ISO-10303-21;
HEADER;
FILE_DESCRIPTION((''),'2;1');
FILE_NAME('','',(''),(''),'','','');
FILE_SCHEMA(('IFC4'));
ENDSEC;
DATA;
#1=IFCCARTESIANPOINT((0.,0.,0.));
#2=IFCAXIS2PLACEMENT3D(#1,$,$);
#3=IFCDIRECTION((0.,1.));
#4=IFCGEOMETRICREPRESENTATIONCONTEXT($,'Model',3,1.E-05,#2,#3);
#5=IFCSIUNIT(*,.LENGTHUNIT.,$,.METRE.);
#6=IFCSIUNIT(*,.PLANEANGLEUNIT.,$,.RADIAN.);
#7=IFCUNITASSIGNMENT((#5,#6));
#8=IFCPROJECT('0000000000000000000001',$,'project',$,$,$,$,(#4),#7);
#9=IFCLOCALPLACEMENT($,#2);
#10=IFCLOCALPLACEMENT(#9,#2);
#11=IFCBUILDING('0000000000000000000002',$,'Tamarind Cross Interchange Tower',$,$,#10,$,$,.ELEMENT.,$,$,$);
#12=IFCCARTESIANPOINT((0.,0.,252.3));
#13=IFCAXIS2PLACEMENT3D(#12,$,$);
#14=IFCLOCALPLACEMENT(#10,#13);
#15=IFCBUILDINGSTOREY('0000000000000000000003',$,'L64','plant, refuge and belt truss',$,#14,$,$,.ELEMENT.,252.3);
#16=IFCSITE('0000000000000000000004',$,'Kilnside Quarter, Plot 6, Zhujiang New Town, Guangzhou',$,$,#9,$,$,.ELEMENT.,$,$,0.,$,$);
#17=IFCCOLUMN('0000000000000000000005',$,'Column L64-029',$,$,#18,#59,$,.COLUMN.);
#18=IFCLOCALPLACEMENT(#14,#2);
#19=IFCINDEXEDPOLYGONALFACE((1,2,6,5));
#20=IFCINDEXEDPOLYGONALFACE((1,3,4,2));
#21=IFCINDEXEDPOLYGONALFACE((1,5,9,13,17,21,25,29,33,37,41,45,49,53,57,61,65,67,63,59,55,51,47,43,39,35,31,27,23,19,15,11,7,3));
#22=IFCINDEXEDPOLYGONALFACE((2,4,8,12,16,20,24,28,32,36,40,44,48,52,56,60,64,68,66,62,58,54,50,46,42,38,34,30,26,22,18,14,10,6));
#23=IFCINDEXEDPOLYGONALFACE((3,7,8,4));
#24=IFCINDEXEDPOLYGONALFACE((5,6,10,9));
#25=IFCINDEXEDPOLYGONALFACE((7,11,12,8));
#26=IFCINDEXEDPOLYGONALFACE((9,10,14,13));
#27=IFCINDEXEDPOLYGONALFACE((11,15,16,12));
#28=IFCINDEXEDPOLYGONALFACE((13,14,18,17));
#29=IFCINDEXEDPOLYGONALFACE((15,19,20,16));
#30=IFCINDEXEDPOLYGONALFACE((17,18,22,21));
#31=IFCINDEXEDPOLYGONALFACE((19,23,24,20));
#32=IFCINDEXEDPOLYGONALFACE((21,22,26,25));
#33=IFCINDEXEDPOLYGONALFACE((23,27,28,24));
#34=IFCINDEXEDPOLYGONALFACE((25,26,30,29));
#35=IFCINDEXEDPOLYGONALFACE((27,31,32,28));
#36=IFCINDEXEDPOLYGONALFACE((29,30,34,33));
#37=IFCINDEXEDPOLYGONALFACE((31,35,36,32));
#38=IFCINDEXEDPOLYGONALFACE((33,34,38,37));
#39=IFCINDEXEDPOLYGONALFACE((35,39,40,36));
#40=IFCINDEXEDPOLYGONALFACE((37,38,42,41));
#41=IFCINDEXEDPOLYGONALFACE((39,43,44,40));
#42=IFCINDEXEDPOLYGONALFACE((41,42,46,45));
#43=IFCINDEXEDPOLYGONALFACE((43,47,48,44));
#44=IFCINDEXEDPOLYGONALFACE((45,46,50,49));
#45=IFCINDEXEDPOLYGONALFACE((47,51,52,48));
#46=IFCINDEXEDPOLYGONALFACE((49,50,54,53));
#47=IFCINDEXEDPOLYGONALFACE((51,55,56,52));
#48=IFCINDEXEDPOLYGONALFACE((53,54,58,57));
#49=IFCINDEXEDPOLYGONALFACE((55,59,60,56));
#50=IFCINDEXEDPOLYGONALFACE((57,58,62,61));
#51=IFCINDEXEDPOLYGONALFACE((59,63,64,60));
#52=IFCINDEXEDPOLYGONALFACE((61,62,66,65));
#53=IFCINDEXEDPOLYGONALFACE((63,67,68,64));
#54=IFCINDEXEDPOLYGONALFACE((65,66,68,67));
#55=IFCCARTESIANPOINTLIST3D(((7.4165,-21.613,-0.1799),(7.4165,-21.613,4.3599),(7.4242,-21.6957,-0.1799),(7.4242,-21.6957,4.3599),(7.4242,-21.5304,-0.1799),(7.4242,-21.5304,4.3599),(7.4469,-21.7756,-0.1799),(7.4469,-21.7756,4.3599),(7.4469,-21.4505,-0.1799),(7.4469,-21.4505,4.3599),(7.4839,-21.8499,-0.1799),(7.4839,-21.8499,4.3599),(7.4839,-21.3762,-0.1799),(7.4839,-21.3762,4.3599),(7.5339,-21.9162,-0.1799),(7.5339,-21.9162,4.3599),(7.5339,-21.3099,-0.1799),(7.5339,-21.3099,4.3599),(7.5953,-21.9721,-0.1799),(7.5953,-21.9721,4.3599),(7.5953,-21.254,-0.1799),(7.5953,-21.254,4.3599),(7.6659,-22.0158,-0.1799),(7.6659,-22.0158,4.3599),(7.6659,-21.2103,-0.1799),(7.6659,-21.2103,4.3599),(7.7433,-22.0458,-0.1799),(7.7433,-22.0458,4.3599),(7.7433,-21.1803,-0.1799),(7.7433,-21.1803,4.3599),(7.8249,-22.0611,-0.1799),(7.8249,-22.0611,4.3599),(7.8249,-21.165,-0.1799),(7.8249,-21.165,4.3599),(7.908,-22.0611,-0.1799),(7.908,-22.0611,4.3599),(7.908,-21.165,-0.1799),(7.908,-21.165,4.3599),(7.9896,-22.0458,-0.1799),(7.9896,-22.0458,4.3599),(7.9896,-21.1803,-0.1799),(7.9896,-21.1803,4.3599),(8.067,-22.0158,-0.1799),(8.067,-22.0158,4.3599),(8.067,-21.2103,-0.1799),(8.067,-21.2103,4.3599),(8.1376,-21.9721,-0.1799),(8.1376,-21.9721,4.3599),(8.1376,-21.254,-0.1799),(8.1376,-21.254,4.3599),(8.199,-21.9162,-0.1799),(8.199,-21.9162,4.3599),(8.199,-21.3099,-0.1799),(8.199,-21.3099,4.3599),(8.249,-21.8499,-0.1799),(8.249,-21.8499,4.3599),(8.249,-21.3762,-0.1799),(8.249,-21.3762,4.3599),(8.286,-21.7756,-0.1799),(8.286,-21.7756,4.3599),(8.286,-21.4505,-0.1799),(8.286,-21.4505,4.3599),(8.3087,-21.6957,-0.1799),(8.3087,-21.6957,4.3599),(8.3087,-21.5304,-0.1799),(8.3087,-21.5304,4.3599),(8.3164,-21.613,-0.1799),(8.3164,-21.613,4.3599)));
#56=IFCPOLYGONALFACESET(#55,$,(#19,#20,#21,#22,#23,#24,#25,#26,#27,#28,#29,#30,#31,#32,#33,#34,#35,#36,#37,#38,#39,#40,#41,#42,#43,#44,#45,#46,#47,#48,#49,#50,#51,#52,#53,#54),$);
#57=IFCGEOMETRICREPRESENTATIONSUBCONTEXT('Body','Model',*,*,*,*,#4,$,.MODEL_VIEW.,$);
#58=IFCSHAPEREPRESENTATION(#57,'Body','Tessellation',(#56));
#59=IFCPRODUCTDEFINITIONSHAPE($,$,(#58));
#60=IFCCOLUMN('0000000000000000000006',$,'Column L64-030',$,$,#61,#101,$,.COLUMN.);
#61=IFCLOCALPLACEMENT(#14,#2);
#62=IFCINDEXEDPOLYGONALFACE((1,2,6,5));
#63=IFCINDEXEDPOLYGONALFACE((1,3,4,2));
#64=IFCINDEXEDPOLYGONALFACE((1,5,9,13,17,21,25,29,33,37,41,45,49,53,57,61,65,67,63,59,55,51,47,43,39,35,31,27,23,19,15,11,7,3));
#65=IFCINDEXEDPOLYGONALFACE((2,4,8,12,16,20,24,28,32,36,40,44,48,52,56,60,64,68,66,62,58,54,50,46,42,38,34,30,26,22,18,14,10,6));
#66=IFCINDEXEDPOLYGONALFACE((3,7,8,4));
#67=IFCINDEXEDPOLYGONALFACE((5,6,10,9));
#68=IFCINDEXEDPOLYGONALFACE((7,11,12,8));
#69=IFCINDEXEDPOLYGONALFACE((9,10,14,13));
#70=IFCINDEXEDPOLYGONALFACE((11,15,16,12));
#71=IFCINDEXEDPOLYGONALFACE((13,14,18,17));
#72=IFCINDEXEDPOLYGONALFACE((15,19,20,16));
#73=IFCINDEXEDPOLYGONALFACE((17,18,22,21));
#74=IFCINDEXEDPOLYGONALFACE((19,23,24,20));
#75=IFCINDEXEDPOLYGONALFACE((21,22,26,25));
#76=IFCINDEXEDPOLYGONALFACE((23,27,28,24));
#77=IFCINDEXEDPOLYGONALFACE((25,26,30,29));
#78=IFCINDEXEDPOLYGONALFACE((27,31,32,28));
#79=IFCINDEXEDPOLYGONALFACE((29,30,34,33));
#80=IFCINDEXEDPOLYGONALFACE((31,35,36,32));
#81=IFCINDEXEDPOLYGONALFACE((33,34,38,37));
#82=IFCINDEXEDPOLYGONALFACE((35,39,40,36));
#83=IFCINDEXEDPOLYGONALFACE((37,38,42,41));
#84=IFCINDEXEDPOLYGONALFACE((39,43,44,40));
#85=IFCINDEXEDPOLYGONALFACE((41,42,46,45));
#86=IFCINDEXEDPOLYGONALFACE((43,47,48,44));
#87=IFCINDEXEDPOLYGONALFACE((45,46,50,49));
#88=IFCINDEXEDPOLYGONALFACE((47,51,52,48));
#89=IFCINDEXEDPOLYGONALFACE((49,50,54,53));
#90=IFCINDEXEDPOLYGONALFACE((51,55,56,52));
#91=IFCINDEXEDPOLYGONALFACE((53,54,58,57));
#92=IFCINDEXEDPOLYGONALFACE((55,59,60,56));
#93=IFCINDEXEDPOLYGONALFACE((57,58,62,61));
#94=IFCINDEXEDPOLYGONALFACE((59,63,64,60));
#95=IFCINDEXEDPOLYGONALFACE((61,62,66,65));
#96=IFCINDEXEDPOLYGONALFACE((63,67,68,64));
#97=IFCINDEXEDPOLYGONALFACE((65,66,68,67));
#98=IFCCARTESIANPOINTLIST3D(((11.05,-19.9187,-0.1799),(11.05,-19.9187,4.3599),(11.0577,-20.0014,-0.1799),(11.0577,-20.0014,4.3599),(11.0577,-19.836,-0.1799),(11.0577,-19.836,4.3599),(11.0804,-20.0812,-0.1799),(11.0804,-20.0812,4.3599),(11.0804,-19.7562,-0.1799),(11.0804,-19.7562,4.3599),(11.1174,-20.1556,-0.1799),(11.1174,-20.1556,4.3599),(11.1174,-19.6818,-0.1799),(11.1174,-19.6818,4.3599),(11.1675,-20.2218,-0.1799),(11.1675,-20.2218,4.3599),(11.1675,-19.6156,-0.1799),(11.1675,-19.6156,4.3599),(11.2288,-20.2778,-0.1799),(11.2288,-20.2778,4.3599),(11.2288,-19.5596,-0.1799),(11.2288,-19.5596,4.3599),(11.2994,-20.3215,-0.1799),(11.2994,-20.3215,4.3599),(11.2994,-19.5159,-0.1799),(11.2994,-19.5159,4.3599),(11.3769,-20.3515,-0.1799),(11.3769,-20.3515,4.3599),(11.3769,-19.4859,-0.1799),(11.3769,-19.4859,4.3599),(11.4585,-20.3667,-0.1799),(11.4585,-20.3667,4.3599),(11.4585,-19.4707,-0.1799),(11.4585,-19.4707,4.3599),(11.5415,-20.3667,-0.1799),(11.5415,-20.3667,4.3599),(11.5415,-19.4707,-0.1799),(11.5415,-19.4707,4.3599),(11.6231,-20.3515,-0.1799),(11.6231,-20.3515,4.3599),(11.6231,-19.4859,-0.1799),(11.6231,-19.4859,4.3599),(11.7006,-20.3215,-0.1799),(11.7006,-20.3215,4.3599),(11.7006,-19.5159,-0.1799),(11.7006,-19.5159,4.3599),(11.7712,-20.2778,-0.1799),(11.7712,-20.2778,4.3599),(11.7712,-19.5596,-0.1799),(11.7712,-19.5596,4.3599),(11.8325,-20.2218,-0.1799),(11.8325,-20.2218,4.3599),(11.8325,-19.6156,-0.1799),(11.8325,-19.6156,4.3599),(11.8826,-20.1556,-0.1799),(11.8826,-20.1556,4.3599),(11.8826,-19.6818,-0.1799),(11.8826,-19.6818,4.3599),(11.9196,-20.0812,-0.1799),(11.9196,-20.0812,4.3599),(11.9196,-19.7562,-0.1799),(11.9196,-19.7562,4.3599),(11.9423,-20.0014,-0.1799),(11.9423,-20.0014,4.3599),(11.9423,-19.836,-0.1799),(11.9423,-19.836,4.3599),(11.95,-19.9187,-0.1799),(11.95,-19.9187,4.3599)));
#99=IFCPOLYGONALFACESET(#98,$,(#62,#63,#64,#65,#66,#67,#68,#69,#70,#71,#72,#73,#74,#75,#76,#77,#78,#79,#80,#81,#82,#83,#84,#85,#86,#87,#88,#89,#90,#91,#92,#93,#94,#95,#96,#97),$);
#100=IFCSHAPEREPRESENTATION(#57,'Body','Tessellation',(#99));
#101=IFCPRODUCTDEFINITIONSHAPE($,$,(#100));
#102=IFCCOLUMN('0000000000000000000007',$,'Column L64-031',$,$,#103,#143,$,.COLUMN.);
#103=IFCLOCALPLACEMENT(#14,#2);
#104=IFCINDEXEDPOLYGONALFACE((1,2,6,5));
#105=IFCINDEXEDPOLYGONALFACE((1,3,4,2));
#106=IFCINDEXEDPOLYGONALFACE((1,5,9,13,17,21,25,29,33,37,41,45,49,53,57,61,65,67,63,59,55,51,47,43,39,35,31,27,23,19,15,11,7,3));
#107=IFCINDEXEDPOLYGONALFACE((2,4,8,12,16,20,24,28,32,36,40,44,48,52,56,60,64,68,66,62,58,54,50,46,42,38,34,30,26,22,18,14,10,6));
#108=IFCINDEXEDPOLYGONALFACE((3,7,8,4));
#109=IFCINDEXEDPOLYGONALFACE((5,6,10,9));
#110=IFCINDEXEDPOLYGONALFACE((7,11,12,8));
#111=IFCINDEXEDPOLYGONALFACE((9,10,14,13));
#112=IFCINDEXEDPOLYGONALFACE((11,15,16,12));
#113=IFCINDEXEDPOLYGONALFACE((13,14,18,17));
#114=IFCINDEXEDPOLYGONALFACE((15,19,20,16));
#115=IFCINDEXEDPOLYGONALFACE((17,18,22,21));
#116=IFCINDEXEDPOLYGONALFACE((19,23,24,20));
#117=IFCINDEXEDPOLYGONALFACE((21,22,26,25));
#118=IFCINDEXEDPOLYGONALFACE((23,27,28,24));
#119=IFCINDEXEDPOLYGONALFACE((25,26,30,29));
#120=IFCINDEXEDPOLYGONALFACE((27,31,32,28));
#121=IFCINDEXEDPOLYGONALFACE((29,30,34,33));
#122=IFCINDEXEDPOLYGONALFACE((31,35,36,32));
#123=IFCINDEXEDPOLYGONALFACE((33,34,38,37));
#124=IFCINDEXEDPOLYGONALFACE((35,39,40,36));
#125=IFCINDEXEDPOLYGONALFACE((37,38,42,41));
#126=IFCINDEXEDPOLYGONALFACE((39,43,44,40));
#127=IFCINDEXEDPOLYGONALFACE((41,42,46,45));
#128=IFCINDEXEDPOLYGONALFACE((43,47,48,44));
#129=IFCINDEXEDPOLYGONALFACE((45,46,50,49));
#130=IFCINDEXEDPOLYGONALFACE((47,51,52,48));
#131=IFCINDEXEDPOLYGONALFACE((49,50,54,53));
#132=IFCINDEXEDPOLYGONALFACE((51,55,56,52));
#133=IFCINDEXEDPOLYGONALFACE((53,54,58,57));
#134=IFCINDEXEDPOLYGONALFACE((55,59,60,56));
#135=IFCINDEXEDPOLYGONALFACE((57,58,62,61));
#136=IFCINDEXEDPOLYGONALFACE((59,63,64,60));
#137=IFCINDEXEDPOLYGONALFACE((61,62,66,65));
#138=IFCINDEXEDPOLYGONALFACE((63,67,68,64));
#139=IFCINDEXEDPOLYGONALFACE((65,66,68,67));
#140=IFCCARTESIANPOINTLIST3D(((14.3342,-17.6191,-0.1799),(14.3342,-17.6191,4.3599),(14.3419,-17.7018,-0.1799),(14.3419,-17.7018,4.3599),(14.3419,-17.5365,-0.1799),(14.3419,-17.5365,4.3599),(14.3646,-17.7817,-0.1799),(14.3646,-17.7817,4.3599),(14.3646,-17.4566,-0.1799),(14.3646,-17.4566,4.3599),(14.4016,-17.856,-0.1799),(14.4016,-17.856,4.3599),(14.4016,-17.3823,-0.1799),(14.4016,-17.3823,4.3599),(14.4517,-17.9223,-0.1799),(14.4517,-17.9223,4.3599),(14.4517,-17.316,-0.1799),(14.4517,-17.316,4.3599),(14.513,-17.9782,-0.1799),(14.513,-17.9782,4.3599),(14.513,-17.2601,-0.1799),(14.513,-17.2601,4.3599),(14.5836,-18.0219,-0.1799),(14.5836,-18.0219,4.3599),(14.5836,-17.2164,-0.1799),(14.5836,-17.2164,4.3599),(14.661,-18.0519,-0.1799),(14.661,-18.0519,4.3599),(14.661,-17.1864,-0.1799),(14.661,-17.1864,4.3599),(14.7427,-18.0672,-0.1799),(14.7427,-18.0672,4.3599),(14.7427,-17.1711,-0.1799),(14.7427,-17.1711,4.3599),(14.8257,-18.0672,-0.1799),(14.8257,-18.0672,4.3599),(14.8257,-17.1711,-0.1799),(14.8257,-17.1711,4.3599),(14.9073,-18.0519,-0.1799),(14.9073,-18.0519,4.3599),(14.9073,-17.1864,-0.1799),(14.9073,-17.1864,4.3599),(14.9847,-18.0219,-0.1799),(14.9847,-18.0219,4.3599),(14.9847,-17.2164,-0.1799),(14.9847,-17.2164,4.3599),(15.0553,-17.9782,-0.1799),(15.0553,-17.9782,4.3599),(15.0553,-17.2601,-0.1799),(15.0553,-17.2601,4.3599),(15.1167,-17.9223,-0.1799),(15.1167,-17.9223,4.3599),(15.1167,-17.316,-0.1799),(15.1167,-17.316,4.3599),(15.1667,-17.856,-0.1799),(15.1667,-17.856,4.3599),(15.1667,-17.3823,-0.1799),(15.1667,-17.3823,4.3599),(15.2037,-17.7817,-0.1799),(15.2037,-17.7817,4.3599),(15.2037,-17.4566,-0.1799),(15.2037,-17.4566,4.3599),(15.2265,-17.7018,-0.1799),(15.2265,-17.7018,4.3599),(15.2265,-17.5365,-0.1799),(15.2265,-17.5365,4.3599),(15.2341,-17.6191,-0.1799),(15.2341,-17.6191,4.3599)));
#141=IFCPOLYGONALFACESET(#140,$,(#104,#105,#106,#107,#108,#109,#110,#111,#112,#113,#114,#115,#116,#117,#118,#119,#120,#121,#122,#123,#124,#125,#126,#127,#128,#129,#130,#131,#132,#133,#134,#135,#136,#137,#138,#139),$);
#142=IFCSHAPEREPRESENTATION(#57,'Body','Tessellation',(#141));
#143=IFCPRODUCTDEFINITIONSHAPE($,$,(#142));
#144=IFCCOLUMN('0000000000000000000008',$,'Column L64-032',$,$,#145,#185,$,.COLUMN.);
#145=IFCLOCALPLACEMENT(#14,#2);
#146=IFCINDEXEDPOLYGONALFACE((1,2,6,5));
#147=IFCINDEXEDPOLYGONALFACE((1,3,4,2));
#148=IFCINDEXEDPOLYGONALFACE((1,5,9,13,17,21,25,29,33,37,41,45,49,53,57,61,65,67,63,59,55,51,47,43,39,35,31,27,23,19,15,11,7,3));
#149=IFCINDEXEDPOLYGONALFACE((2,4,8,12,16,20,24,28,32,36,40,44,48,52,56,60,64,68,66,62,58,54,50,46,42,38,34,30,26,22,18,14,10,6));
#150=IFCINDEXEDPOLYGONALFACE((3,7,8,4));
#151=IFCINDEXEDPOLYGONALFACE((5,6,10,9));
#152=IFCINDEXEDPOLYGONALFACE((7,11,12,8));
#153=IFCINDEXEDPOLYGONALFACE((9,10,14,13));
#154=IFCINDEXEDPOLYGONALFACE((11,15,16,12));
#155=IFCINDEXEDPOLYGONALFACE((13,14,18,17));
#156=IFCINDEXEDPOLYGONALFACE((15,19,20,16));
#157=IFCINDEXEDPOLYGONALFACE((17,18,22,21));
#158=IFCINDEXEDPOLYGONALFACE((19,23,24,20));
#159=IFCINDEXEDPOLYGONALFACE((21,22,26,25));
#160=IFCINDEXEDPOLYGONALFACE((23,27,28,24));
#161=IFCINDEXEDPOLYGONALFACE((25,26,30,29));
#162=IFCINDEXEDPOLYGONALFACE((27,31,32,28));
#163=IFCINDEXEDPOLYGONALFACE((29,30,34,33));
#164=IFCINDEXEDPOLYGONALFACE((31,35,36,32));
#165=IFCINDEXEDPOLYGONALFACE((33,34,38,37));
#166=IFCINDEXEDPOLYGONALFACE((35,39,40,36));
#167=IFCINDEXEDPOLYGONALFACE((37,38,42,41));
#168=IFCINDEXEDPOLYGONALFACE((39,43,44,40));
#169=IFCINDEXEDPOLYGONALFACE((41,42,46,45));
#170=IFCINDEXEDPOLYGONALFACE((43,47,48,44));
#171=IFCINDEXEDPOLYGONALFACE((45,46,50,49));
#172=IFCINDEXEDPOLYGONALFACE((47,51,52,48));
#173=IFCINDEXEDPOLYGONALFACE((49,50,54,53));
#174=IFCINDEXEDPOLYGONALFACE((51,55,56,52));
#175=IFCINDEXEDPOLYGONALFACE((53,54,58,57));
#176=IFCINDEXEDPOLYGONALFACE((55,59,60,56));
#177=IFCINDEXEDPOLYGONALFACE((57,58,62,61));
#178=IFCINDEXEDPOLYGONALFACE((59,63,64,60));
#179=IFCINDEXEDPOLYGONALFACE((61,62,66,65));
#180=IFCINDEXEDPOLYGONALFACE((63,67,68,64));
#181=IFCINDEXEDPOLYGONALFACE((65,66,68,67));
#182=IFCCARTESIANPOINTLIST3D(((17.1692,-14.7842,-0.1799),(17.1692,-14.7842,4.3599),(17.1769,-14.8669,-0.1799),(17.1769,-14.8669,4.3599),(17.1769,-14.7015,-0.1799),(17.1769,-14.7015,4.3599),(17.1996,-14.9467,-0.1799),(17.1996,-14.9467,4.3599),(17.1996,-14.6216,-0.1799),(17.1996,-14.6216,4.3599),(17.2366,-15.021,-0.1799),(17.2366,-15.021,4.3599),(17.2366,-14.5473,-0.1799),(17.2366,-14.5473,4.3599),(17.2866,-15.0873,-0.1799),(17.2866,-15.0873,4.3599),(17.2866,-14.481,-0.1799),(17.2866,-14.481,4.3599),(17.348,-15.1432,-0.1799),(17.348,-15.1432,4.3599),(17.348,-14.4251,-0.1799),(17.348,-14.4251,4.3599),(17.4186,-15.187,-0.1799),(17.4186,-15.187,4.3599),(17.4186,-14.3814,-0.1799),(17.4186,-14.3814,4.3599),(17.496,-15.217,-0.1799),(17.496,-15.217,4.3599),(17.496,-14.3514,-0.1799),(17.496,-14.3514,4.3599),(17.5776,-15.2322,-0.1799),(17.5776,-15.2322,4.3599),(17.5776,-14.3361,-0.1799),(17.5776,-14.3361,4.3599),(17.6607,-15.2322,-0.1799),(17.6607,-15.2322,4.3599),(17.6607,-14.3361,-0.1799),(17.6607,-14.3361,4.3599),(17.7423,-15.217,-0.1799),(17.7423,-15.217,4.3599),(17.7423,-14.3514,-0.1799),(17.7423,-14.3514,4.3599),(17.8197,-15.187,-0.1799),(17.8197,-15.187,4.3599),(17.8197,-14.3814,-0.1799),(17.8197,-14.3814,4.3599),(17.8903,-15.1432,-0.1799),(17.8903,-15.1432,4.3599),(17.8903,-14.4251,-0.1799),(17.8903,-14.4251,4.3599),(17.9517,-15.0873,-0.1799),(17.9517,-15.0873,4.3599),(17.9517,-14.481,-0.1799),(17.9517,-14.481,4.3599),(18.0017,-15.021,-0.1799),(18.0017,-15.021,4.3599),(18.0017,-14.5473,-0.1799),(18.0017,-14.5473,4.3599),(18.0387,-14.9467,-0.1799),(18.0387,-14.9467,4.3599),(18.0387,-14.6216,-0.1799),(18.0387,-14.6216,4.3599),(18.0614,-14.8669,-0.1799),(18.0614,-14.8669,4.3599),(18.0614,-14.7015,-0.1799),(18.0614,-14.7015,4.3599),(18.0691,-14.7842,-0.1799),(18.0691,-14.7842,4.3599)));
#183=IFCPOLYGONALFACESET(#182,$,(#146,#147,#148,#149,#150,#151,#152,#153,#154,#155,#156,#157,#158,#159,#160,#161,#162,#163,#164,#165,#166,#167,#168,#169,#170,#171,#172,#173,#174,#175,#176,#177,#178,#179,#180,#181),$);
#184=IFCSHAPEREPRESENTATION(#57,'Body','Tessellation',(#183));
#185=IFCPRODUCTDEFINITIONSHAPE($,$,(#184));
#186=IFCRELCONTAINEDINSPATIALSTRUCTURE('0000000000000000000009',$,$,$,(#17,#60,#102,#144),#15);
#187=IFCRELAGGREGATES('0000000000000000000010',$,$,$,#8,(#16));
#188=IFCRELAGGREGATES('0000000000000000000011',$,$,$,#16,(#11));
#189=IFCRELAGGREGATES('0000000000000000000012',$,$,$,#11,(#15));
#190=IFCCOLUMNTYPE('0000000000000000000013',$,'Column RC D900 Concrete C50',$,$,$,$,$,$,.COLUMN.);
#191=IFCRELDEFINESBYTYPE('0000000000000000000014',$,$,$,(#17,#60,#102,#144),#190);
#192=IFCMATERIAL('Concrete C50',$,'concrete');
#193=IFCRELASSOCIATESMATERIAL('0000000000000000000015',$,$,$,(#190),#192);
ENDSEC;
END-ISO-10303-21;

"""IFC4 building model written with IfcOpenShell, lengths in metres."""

from ifc_helpers import new_model, si_unit, direction, frame, origin, origin_2d, place, context, subcontext, project, spatial, circle, extrude, material, material_profile, profile_set, type_object, element, save


model = new_model("IFC4")

# Units and contexts
model_context = context("Model", 3, precision=1e-05, world=origin(), true_north=direction((0.0, 1.0)))
body_context = subcontext(model_context, "Body", "Model", "MODEL_VIEW")
ifc_project = project(units=[si_unit("LENGTHUNIT", "METRE"), si_unit("PLANEANGLEUNIT", "RADIAN")], contexts=[model_context])

# Site, building, storey
site_placement = place(None, origin())
site = spatial("IfcSite", under=ifc_project, at=site_placement, Name="Kilnside Quarter, Plot 6, Zhujiang New Town, Guangzhou", CompositionType="ELEMENT", RefElevation=0.0)
building_placement = place(site_placement, origin())
building = spatial("IfcBuilding", under=site, at=building_placement, Name="Tamarind Cross Interchange Tower", CompositionType="ELEMENT")
storey_placement = place(building_placement, frame((0.0, 0.0, 252.3)))
storey = spatial("IfcBuildingStorey", under=building, at=storey_placement, Name="L64", Description="plant, refuge and belt truss", CompositionType="ELEMENT", Elevation=252.3)

# Columns
ifc_material_1 = material(Name="Concrete C50", Category="concrete")
ifc_material_profile_1 = material_profile(ifc_material_1, circle(Radius=0.45, at=origin_2d()), Name="RC D900")
ifc_profile_set_1 = profile_set([ifc_material_profile_1], Name="Concrete C50")
column_type = type_object("IfcColumnType", Name="Column RC D900 Concrete C50", PredefinedType="COLUMN", material=ifc_profile_set_1)
for number, where, z_axis, x_axis, name in (
    (1, (7.8665, -21.613, -0.1799), (0.0, 0.0, 1.0), (1.0, 0.0, 0.0), "Column L64-029"),
    (2, (11.5, -19.9187, -0.1799), (0.0, 0.0, 1.0), (1.0, 0.0, 0.0), "Column L64-030"),
    (3, (14.7842, -17.6191, -0.1799), (0.0, 0.0, 1.0), (1.0, 0.0, 0.0), "Column L64-031"),
    (4, (17.6191, -14.7842, -0.1799), (0.0, 0.0, 1.0), (1.0, 0.0, 0.0), "Column L64-032"),
):
    element("IfcColumn", number, at=place(storey_placement, frame(where, z_axis=z_axis, x_axis=x_axis)), inside=storey, type_object=column_type, Name=name, PredefinedType="COLUMN", context=body_context, shape_type="SweptSolid", body=[
        extrude(circle(Radius=0.45, at=origin_2d()), origin(), (0.0, 0.0, 1.0), 4.5398),
    ])

save(model, "model.ifc")
